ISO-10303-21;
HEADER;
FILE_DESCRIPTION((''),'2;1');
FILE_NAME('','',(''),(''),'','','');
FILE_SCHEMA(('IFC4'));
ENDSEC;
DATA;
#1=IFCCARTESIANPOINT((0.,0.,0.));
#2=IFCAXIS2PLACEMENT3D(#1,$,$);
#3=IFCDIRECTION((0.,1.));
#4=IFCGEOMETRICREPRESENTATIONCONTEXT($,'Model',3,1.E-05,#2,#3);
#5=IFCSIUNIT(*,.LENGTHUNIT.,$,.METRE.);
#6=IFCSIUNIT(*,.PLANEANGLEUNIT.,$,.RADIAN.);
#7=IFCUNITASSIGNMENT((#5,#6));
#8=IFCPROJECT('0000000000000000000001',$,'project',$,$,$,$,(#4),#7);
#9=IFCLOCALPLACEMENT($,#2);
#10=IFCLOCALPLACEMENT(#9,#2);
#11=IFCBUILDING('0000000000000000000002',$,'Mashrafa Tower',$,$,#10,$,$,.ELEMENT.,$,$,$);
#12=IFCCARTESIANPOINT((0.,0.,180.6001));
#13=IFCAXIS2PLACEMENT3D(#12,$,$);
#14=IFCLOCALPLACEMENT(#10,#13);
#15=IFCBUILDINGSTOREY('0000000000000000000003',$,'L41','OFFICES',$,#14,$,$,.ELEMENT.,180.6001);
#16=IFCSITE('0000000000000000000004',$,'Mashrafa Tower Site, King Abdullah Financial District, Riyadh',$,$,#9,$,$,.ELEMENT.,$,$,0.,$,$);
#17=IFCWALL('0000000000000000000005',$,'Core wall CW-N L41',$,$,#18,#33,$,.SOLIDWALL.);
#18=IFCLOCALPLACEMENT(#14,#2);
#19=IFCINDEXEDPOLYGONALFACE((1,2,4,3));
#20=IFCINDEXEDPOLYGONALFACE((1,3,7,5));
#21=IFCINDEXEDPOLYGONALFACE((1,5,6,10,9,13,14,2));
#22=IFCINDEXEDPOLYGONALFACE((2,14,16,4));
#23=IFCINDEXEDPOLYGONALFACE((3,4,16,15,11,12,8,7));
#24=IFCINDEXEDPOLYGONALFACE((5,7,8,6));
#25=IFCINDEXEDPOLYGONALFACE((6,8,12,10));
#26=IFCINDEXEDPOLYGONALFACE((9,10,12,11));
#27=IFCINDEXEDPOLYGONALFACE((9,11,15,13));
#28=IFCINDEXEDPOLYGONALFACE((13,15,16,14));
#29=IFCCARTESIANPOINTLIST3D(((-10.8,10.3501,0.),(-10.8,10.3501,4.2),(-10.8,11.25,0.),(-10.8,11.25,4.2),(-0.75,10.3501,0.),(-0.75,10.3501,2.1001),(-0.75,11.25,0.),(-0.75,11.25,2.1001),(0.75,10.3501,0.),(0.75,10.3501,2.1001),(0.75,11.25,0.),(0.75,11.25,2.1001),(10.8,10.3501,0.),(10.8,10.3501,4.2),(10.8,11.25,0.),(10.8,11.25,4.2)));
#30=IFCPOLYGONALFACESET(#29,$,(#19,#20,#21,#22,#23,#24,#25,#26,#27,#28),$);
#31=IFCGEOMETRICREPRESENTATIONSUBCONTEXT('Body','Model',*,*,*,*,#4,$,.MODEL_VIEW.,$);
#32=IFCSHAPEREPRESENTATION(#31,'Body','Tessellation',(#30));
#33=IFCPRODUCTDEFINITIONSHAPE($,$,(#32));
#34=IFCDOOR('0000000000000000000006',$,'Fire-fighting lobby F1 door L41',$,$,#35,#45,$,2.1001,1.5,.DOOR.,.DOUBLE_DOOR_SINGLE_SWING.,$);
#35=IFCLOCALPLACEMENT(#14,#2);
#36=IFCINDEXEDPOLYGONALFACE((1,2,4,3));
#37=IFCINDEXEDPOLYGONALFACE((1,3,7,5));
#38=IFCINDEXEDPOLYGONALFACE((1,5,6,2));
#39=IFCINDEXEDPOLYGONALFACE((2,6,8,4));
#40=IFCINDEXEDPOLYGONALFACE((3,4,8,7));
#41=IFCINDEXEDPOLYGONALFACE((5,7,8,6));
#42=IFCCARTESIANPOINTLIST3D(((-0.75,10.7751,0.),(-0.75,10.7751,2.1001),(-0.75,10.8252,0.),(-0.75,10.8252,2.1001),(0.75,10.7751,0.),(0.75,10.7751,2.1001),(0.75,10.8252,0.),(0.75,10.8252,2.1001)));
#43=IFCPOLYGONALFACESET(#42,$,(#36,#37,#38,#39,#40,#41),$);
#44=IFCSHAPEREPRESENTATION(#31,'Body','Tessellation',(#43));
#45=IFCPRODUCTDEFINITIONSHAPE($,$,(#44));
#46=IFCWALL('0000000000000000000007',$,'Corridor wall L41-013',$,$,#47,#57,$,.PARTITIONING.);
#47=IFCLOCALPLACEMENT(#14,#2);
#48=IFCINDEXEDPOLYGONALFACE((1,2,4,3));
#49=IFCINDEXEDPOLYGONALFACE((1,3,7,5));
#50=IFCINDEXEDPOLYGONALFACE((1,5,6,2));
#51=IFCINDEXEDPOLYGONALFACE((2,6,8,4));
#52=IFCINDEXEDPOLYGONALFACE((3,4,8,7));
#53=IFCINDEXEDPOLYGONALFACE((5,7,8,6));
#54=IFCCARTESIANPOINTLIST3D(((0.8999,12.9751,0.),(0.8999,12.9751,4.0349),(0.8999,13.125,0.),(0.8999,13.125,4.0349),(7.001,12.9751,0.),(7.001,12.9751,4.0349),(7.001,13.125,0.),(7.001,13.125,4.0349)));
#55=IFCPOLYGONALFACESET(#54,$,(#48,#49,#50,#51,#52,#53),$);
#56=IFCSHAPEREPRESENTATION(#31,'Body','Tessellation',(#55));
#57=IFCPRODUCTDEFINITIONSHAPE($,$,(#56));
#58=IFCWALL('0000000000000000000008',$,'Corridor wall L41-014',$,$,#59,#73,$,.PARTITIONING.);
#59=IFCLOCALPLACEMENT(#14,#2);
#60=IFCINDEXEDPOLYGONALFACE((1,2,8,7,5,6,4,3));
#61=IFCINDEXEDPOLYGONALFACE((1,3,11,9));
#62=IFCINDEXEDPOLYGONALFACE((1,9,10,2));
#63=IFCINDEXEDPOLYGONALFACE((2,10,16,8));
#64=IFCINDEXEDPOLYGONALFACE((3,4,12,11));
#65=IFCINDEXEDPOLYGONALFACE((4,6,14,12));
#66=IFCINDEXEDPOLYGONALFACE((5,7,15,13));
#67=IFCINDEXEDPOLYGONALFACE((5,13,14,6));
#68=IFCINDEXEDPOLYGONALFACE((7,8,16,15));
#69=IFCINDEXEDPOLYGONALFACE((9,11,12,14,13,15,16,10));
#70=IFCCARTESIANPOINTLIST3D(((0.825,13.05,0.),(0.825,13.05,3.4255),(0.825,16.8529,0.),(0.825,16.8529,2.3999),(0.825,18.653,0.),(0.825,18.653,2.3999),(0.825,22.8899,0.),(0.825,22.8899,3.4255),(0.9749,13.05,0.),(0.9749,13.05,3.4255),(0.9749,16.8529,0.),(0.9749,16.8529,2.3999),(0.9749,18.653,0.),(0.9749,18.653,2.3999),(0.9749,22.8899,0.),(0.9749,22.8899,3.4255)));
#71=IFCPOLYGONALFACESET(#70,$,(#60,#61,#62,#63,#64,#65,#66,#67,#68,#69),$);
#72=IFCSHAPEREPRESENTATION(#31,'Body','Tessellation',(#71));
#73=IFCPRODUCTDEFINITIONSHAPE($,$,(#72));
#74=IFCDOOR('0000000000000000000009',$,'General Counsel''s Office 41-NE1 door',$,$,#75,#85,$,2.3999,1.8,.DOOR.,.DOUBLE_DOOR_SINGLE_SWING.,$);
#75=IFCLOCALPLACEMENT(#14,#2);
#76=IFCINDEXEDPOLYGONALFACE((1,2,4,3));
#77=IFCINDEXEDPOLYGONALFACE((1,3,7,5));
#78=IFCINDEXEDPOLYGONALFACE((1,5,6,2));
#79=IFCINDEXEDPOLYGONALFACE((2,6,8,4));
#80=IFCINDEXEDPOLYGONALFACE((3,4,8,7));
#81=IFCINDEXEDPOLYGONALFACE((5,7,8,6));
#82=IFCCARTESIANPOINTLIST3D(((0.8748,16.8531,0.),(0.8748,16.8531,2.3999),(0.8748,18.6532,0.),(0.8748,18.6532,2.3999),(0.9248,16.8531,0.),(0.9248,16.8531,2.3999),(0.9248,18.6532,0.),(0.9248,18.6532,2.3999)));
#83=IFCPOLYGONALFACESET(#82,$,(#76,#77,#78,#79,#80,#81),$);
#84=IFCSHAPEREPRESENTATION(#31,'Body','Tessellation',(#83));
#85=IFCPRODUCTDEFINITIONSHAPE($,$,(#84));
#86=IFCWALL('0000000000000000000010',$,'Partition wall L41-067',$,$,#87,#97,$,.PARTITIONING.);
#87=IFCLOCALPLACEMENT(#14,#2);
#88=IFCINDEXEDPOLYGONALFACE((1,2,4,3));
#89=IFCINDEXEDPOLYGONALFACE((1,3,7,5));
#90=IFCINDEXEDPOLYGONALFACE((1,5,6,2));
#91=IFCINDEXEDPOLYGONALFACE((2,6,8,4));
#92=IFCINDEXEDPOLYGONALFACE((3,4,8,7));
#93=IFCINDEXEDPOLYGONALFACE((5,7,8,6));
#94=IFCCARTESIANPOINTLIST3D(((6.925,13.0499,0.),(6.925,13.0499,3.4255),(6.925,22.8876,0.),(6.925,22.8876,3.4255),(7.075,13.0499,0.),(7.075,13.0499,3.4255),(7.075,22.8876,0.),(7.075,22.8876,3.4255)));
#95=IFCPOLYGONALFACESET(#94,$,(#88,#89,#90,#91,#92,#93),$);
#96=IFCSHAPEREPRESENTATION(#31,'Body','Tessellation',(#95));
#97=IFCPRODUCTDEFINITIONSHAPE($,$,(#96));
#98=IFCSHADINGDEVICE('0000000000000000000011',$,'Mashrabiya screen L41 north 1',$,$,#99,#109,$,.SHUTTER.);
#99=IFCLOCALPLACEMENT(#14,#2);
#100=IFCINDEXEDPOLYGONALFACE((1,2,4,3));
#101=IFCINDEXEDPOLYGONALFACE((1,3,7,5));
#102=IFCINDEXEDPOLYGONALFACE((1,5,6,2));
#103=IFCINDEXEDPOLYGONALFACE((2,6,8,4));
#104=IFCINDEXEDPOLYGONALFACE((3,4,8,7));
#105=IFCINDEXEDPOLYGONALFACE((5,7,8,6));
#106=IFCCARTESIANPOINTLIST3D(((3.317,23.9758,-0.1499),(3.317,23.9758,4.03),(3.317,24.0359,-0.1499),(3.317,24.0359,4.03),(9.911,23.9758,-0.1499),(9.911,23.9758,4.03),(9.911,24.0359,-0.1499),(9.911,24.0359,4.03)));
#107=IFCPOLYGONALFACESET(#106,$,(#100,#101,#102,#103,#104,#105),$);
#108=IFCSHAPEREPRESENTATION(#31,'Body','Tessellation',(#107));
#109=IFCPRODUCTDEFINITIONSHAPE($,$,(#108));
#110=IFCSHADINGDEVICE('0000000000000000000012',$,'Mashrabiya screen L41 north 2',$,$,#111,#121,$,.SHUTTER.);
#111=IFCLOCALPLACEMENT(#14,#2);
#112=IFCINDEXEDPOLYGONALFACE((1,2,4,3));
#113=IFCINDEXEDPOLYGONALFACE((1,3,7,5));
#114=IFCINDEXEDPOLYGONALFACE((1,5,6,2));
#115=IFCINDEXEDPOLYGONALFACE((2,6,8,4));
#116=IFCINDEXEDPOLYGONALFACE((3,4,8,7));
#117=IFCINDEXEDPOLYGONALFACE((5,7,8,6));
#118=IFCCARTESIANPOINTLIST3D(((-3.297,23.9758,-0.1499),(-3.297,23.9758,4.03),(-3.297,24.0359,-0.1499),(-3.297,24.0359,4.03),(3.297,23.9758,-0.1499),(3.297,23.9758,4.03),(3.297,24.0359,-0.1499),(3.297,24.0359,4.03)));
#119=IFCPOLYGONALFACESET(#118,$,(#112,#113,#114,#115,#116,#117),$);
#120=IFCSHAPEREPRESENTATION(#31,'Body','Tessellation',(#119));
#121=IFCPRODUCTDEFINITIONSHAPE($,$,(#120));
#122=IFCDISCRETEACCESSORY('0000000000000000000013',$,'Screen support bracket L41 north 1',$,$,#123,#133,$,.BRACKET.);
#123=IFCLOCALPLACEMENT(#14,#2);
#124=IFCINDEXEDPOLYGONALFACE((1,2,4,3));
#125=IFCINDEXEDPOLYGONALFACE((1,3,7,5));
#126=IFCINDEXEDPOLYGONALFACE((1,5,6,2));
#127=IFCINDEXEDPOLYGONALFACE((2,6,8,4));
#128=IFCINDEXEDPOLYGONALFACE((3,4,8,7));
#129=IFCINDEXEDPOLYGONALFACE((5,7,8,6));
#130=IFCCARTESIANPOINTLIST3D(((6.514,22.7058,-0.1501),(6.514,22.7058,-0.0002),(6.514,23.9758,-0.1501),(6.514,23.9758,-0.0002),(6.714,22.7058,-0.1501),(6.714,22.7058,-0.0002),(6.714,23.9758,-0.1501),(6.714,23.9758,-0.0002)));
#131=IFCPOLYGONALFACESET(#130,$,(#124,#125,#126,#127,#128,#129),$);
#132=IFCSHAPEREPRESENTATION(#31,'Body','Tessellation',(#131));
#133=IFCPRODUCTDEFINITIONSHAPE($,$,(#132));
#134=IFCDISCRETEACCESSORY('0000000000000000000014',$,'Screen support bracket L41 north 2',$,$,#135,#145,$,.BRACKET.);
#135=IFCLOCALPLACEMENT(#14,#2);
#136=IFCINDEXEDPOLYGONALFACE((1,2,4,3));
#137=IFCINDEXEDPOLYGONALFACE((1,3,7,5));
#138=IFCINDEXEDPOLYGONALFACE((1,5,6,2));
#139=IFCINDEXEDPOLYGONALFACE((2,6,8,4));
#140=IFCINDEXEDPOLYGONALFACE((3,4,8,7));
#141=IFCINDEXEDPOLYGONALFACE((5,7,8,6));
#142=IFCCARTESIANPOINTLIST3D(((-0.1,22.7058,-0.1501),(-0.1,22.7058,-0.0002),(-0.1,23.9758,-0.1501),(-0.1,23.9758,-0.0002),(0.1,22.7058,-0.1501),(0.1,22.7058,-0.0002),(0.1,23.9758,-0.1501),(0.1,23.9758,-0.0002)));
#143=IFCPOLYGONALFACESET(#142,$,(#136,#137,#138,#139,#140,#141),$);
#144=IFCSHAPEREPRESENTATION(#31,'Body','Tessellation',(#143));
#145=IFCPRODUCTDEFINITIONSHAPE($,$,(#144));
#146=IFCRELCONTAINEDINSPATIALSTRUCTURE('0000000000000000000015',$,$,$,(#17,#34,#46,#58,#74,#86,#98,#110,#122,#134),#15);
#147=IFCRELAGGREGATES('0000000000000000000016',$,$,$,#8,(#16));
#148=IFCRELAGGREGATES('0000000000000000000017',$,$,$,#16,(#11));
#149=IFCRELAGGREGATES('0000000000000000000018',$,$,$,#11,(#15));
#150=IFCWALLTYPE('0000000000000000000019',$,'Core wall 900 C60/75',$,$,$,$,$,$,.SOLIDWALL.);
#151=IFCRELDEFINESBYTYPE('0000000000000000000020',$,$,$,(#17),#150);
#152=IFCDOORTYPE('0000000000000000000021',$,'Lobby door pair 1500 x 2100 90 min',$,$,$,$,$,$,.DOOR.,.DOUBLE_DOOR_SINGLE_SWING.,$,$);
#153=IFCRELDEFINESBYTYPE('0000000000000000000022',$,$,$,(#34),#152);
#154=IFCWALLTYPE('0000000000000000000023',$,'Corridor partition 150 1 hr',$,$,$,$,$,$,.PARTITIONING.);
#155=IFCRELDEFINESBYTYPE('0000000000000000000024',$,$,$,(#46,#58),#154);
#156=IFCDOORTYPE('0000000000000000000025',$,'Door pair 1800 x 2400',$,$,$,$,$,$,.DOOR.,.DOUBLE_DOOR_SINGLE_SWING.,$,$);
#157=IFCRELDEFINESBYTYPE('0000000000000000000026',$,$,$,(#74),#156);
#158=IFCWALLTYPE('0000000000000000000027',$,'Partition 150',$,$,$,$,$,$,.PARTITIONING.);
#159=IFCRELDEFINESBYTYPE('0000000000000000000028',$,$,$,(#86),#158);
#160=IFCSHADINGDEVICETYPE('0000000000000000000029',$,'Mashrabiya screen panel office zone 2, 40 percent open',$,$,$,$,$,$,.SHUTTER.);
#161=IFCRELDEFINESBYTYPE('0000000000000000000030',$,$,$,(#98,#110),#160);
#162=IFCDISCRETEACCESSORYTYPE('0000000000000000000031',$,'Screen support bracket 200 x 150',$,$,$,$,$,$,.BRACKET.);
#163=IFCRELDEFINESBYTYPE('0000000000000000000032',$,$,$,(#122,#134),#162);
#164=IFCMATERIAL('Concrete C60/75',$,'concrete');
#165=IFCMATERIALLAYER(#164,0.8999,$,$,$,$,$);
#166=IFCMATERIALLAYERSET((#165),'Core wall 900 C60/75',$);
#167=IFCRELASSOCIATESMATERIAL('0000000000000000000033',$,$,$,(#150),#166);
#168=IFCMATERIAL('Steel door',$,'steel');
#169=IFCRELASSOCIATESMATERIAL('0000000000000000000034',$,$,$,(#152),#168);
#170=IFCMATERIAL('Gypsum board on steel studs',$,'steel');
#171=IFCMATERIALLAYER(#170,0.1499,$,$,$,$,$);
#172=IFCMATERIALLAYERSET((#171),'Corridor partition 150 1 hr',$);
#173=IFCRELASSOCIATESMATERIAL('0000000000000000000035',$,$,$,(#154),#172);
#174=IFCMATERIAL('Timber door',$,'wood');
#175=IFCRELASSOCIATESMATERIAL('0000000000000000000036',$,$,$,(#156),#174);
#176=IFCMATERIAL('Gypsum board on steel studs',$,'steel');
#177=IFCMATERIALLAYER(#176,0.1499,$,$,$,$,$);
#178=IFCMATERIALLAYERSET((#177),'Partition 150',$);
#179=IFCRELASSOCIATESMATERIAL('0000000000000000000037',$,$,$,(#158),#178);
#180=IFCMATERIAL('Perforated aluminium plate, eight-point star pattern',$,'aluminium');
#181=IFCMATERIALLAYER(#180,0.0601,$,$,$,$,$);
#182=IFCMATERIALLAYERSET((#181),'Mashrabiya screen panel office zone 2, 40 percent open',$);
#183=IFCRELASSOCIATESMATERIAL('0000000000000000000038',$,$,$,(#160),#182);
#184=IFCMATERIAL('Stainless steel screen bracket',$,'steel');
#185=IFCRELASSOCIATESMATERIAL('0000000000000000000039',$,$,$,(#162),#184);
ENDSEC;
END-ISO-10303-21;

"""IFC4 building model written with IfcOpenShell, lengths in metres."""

from ifc_helpers import new_model, si_unit, direction, frame, frame_2d, origin, origin_2d, place, context, subcontext, project, spatial, rectangle, extrude, source, transform, mapped, material, layer, layer_set, type_object, type_shapes, element, fill, save


model = new_model("IFC4")

# Units and contexts
model_context = context("Model", 3, precision=1e-05, world=origin(), true_north=direction((0.0, 1.0)))
body_context = subcontext(model_context, "Body", "Model", "MODEL_VIEW")
ifc_project = project(units=[si_unit("LENGTHUNIT", "METRE"), si_unit("PLANEANGLEUNIT", "RADIAN")], contexts=[model_context])

# Site, building, storey
site_placement = place(None, origin())
site = spatial("IfcSite", under=ifc_project, at=site_placement, Name="Mashrafa Tower Site, King Abdullah Financial District, Riyadh", CompositionType="ELEMENT", RefElevation=0.0)
building_placement = place(site_placement, origin())
building = spatial("IfcBuilding", under=site, at=building_placement, Name="Mashrafa Tower", CompositionType="ELEMENT")
storey_placement = place(building_placement, frame((0.0, 0.0, 180.6001)))
storey = spatial("IfcBuildingStorey", under=building, at=storey_placement, Name="L41", Description="OFFICES", CompositionType="ELEMENT", Elevation=180.6001)

# Wall, opening, door
ifc_material_1 = material(Name="Concrete C60/75", Category="concrete")
ifc_layer_1 = layer(ifc_material_1, 0.8999)
ifc_layer_set_1 = layer_set([ifc_layer_1], Name="Core wall 900 C60/75")
wall_type_1 = type_object("IfcWallType", Name="Core wall 900 C60/75", PredefinedType="SOLIDWALL", material=ifc_layer_set_1)
wall_1_placement = place(storey_placement, frame((10.8, 10.8, 0.0), z_axis=(0.0, 0.0, 1.0), x_axis=(-1.0, 0.0, 0.0)))
wall_1 = element("IfcWall", 1, at=wall_1_placement, inside=storey, type_object=wall_type_1, Name="Core wall CW-N L41", PredefinedType="SOLIDWALL", context=body_context, shape_type="SweptSolid", body=[
    extrude(rectangle(XDim=21.6001, YDim=0.8999, at=frame_2d((10.8, 0.0))), origin(), (0.0, 0.0, 1.0), 4.2),
])
opening_1_placement = place(wall_1_placement, frame((10.05, 0.0, 0.0)))
opening_1 = element("IfcOpeningElement", 2, at=opening_1_placement, cuts=wall_1, PredefinedType="OPENING", context=body_context, shape_type="SweptSolid", body=[
    extrude(rectangle(XDim=1.5, YDim=2.1001, at=frame_2d((0.75, 1.05))), frame((0.0, 0.46, 0.0), z_axis=(0.0, -1.0, 0.0), x_axis=(1.0, 0.0, 0.0)), (0.0, 0.0, 1.0), 0.9199),
])
ifc_material_2 = material(Name="Steel door", Category="steel")
door_type_1 = type_object("IfcDoorType", Name="Lobby door pair 1500 x 2100 90 min", OperationType="DOUBLE_DOOR_SINGLE_SWING", PredefinedType="DOOR", material=ifc_material_2)
door_1_placement = place(opening_1_placement, origin())
door_1 = element("IfcDoor", 3, at=door_1_placement, inside=storey, type_object=door_type_1, Name="Fire-fighting lobby F1 door L41", OperationType="DOUBLE_DOOR_SINGLE_SWING", OverallHeight=2.1001, OverallWidth=1.5, PredefinedType="DOOR", context=body_context, shape_type="SweptSolid", body=[
    extrude(rectangle(XDim=1.5, YDim=2.1001, at=frame_2d((0.75, 1.05))), frame((0.0, 0.0249, 0.0), z_axis=(0.0, -1.0, 0.0), x_axis=(1.0, 0.0, 0.0)), (0.0, 0.0, 1.0), 0.05),
])
fill(opening_1, door_1)

# Wall
ifc_material_3 = material(Name="Gypsum board on steel studs", Category="steel")
ifc_layer_2 = layer(ifc_material_3, 0.1499)
ifc_layer_set_2 = layer_set([ifc_layer_2], Name="Corridor partition 150 1 hr")
wall_type_2 = type_object("IfcWallType", Name="Corridor partition 150 1 hr", PredefinedType="PARTITIONING", material=ifc_layer_set_2)
wall_2_placement = place(storey_placement, frame((7.001, 13.05, 0.0), z_axis=(0.0, 0.0, 1.0), x_axis=(-1.0, 0.0, 0.0)))
element("IfcWall", 4, at=wall_2_placement, inside=storey, type_object=wall_type_2, Name="Corridor wall L41-013", PredefinedType="PARTITIONING", context=body_context, shape_type="SweptSolid", body=[
    extrude(rectangle(XDim=6.1011, YDim=0.1499, at=frame_2d((3.0505, 0.0))), origin(), (0.0, 0.0, 1.0), 4.0349),
])

# Wall, opening, door
wall_3_placement = place(storey_placement, frame((0.8999, 13.05, 0.0), z_axis=(0.0, 0.0, 1.0), x_axis=(0.0, 1.0, 0.0)))
wall_3 = element("IfcWall", 5, at=wall_3_placement, inside=storey, type_object=wall_type_2, Name="Corridor wall L41-014", PredefinedType="PARTITIONING", context=body_context, shape_type="SweptSolid", body=[
    extrude(rectangle(XDim=9.8398, YDim=0.1499, at=frame_2d((4.9199, 0.0))), origin(), (0.0, 0.0, 1.0), 3.4255),
])
opening_2_placement = place(wall_3_placement, frame((3.803, 0.0, 0.0)))
opening_2 = element("IfcOpeningElement", 6, at=opening_2_placement, cuts=wall_3, PredefinedType="OPENING", context=body_context, shape_type="SweptSolid", body=[
    extrude(rectangle(XDim=1.8, YDim=2.3999, at=frame_2d((0.8999, 1.2))), frame((0.0, 0.085, 0.0), z_axis=(0.0, -1.0, 0.0), x_axis=(1.0, 0.0, 0.0)), (0.0, 0.0, 1.0), 0.1699),
])
ifc_material_4 = material(Name="Timber door", Category="wood")
door_type_2 = type_object("IfcDoorType", Name="Door pair 1800 x 2400", OperationType="DOUBLE_DOOR_SINGLE_SWING", PredefinedType="DOOR", material=ifc_material_4)
door_2_placement = place(opening_2_placement, frame((1.8, 0.0, 0.0), z_axis=(0.0, 0.0, 1.0), x_axis=(-1.0, 0.0, 0.0)))
door_2 = element("IfcDoor", 7, at=door_2_placement, inside=storey, type_object=door_type_2, Name="General Counsel's Office 41-NE1 door", OperationType="DOUBLE_DOOR_SINGLE_SWING", OverallHeight=2.3999, OverallWidth=1.8, PredefinedType="DOOR", context=body_context, shape_type="SweptSolid", body=[
    extrude(rectangle(XDim=1.8, YDim=2.3999, at=frame_2d((0.8999, 1.2))), frame((0.0, 0.0249, 0.0), z_axis=(0.0, -1.0, 0.0), x_axis=(1.0, 0.0, 0.0)), (0.0, 0.0, 1.0), 0.05),
])
fill(opening_2, door_2)

# Wall
ifc_material_5 = material(Name="Gypsum board on steel studs", Category="steel")
ifc_layer_3 = layer(ifc_material_5, 0.1499)
ifc_layer_set_3 = layer_set([ifc_layer_3], Name="Partition 150")
wall_type_3 = type_object("IfcWallType", Name="Partition 150", PredefinedType="PARTITIONING", material=ifc_layer_set_3)
wall_4_placement = place(storey_placement, frame((7.0, 22.8877, 0.0), z_axis=(0.0, 0.0, 1.0), x_axis=(0.0, -1.0, 0.0)))
element("IfcWall", 8, at=wall_4_placement, inside=storey, type_object=wall_type_3, Name="Partition wall L41-067", PredefinedType="PARTITIONING", context=body_context, shape_type="SweptSolid", body=[
    extrude(rectangle(XDim=9.8376, YDim=0.1499, at=frame_2d((4.9189, 0.0))), origin(), (0.0, 0.0, 1.0), 3.4255),
])

# Shading devices
ifc_material_6 = material(Name="Perforated aluminium plate, eight-point star pattern", Category="aluminium")
ifc_layer_4 = layer(ifc_material_6, 0.0601)
ifc_layer_set_4 = layer_set([ifc_layer_4], Name="Mashrabiya screen panel office zone 2, 40 percent open")
shading_device_type = type_object("IfcShadingDeviceType", Name="Mashrabiya screen panel office zone 2, 40 percent open", PredefinedType="SHUTTER", material=ifc_layer_set_4)
shared_shape_1 = source(origin(), body_context, "Body", "SweptSolid", [
    extrude(rectangle(XDim=6.594, YDim=0.0601, at=origin_2d()), origin(), (0.0, 0.0, 1.0), 4.1799),
])
type_shapes(shading_device_type, [shared_shape_1])
for number, where, z_axis, x_axis, name in (
    (9, (6.614, 24.0059, -0.1499), (0.0, 0.0, 1.0), (-1.0, 0.0, 0.0), "Mashrabiya screen L41 north 1"),
    (10, (0.0, 24.0059, -0.1499), (0.0, 0.0, 1.0), (-1.0, 0.0, 0.0), "Mashrabiya screen L41 north 2"),
):
    element("IfcShadingDevice", number, at=place(storey_placement, frame(where, z_axis=z_axis, x_axis=x_axis)), inside=storey, type_object=shading_device_type, Name=name, PredefinedType="SHUTTER", context=body_context, shape_type="MappedRepresentation", body=[
        mapped(shared_shape_1, transform((0.0, 0.0, 0.0))),
    ])

# Discrete accessories
ifc_material_7 = material(Name="Stainless steel screen bracket", Category="steel")
discrete_accessory_type = type_object("IfcDiscreteAccessoryType", Name="Screen support bracket 200 x 150", PredefinedType="BRACKET", material=ifc_material_7)
shared_shape_2 = source(origin(), body_context, "Body", "SweptSolid", [
    extrude(rectangle(XDim=0.2, YDim=1.27, at=origin_2d()), origin(), (0.0, 0.0, 1.0), 0.1499),
])
type_shapes(discrete_accessory_type, [shared_shape_2])
for number, where, z_axis, x_axis, name in (
    (11, (6.614, 23.3408, -0.1501), (0.0, 0.0, 1.0), (-1.0, 0.0, 0.0), "Screen support bracket L41 north 1"),
    (12, (0.0, 23.3408, -0.1501), (0.0, 0.0, 1.0), (-1.0, 0.0, 0.0), "Screen support bracket L41 north 2"),
):
    element("IfcDiscreteAccessory", number, at=place(storey_placement, frame(where, z_axis=z_axis, x_axis=x_axis)), inside=storey, type_object=discrete_accessory_type, Name=name, PredefinedType="BRACKET", context=body_context, shape_type="MappedRepresentation", body=[
        mapped(shared_shape_2, transform((0.0, 0.0, 0.0))),
    ])

save(model, "model.ifc")
